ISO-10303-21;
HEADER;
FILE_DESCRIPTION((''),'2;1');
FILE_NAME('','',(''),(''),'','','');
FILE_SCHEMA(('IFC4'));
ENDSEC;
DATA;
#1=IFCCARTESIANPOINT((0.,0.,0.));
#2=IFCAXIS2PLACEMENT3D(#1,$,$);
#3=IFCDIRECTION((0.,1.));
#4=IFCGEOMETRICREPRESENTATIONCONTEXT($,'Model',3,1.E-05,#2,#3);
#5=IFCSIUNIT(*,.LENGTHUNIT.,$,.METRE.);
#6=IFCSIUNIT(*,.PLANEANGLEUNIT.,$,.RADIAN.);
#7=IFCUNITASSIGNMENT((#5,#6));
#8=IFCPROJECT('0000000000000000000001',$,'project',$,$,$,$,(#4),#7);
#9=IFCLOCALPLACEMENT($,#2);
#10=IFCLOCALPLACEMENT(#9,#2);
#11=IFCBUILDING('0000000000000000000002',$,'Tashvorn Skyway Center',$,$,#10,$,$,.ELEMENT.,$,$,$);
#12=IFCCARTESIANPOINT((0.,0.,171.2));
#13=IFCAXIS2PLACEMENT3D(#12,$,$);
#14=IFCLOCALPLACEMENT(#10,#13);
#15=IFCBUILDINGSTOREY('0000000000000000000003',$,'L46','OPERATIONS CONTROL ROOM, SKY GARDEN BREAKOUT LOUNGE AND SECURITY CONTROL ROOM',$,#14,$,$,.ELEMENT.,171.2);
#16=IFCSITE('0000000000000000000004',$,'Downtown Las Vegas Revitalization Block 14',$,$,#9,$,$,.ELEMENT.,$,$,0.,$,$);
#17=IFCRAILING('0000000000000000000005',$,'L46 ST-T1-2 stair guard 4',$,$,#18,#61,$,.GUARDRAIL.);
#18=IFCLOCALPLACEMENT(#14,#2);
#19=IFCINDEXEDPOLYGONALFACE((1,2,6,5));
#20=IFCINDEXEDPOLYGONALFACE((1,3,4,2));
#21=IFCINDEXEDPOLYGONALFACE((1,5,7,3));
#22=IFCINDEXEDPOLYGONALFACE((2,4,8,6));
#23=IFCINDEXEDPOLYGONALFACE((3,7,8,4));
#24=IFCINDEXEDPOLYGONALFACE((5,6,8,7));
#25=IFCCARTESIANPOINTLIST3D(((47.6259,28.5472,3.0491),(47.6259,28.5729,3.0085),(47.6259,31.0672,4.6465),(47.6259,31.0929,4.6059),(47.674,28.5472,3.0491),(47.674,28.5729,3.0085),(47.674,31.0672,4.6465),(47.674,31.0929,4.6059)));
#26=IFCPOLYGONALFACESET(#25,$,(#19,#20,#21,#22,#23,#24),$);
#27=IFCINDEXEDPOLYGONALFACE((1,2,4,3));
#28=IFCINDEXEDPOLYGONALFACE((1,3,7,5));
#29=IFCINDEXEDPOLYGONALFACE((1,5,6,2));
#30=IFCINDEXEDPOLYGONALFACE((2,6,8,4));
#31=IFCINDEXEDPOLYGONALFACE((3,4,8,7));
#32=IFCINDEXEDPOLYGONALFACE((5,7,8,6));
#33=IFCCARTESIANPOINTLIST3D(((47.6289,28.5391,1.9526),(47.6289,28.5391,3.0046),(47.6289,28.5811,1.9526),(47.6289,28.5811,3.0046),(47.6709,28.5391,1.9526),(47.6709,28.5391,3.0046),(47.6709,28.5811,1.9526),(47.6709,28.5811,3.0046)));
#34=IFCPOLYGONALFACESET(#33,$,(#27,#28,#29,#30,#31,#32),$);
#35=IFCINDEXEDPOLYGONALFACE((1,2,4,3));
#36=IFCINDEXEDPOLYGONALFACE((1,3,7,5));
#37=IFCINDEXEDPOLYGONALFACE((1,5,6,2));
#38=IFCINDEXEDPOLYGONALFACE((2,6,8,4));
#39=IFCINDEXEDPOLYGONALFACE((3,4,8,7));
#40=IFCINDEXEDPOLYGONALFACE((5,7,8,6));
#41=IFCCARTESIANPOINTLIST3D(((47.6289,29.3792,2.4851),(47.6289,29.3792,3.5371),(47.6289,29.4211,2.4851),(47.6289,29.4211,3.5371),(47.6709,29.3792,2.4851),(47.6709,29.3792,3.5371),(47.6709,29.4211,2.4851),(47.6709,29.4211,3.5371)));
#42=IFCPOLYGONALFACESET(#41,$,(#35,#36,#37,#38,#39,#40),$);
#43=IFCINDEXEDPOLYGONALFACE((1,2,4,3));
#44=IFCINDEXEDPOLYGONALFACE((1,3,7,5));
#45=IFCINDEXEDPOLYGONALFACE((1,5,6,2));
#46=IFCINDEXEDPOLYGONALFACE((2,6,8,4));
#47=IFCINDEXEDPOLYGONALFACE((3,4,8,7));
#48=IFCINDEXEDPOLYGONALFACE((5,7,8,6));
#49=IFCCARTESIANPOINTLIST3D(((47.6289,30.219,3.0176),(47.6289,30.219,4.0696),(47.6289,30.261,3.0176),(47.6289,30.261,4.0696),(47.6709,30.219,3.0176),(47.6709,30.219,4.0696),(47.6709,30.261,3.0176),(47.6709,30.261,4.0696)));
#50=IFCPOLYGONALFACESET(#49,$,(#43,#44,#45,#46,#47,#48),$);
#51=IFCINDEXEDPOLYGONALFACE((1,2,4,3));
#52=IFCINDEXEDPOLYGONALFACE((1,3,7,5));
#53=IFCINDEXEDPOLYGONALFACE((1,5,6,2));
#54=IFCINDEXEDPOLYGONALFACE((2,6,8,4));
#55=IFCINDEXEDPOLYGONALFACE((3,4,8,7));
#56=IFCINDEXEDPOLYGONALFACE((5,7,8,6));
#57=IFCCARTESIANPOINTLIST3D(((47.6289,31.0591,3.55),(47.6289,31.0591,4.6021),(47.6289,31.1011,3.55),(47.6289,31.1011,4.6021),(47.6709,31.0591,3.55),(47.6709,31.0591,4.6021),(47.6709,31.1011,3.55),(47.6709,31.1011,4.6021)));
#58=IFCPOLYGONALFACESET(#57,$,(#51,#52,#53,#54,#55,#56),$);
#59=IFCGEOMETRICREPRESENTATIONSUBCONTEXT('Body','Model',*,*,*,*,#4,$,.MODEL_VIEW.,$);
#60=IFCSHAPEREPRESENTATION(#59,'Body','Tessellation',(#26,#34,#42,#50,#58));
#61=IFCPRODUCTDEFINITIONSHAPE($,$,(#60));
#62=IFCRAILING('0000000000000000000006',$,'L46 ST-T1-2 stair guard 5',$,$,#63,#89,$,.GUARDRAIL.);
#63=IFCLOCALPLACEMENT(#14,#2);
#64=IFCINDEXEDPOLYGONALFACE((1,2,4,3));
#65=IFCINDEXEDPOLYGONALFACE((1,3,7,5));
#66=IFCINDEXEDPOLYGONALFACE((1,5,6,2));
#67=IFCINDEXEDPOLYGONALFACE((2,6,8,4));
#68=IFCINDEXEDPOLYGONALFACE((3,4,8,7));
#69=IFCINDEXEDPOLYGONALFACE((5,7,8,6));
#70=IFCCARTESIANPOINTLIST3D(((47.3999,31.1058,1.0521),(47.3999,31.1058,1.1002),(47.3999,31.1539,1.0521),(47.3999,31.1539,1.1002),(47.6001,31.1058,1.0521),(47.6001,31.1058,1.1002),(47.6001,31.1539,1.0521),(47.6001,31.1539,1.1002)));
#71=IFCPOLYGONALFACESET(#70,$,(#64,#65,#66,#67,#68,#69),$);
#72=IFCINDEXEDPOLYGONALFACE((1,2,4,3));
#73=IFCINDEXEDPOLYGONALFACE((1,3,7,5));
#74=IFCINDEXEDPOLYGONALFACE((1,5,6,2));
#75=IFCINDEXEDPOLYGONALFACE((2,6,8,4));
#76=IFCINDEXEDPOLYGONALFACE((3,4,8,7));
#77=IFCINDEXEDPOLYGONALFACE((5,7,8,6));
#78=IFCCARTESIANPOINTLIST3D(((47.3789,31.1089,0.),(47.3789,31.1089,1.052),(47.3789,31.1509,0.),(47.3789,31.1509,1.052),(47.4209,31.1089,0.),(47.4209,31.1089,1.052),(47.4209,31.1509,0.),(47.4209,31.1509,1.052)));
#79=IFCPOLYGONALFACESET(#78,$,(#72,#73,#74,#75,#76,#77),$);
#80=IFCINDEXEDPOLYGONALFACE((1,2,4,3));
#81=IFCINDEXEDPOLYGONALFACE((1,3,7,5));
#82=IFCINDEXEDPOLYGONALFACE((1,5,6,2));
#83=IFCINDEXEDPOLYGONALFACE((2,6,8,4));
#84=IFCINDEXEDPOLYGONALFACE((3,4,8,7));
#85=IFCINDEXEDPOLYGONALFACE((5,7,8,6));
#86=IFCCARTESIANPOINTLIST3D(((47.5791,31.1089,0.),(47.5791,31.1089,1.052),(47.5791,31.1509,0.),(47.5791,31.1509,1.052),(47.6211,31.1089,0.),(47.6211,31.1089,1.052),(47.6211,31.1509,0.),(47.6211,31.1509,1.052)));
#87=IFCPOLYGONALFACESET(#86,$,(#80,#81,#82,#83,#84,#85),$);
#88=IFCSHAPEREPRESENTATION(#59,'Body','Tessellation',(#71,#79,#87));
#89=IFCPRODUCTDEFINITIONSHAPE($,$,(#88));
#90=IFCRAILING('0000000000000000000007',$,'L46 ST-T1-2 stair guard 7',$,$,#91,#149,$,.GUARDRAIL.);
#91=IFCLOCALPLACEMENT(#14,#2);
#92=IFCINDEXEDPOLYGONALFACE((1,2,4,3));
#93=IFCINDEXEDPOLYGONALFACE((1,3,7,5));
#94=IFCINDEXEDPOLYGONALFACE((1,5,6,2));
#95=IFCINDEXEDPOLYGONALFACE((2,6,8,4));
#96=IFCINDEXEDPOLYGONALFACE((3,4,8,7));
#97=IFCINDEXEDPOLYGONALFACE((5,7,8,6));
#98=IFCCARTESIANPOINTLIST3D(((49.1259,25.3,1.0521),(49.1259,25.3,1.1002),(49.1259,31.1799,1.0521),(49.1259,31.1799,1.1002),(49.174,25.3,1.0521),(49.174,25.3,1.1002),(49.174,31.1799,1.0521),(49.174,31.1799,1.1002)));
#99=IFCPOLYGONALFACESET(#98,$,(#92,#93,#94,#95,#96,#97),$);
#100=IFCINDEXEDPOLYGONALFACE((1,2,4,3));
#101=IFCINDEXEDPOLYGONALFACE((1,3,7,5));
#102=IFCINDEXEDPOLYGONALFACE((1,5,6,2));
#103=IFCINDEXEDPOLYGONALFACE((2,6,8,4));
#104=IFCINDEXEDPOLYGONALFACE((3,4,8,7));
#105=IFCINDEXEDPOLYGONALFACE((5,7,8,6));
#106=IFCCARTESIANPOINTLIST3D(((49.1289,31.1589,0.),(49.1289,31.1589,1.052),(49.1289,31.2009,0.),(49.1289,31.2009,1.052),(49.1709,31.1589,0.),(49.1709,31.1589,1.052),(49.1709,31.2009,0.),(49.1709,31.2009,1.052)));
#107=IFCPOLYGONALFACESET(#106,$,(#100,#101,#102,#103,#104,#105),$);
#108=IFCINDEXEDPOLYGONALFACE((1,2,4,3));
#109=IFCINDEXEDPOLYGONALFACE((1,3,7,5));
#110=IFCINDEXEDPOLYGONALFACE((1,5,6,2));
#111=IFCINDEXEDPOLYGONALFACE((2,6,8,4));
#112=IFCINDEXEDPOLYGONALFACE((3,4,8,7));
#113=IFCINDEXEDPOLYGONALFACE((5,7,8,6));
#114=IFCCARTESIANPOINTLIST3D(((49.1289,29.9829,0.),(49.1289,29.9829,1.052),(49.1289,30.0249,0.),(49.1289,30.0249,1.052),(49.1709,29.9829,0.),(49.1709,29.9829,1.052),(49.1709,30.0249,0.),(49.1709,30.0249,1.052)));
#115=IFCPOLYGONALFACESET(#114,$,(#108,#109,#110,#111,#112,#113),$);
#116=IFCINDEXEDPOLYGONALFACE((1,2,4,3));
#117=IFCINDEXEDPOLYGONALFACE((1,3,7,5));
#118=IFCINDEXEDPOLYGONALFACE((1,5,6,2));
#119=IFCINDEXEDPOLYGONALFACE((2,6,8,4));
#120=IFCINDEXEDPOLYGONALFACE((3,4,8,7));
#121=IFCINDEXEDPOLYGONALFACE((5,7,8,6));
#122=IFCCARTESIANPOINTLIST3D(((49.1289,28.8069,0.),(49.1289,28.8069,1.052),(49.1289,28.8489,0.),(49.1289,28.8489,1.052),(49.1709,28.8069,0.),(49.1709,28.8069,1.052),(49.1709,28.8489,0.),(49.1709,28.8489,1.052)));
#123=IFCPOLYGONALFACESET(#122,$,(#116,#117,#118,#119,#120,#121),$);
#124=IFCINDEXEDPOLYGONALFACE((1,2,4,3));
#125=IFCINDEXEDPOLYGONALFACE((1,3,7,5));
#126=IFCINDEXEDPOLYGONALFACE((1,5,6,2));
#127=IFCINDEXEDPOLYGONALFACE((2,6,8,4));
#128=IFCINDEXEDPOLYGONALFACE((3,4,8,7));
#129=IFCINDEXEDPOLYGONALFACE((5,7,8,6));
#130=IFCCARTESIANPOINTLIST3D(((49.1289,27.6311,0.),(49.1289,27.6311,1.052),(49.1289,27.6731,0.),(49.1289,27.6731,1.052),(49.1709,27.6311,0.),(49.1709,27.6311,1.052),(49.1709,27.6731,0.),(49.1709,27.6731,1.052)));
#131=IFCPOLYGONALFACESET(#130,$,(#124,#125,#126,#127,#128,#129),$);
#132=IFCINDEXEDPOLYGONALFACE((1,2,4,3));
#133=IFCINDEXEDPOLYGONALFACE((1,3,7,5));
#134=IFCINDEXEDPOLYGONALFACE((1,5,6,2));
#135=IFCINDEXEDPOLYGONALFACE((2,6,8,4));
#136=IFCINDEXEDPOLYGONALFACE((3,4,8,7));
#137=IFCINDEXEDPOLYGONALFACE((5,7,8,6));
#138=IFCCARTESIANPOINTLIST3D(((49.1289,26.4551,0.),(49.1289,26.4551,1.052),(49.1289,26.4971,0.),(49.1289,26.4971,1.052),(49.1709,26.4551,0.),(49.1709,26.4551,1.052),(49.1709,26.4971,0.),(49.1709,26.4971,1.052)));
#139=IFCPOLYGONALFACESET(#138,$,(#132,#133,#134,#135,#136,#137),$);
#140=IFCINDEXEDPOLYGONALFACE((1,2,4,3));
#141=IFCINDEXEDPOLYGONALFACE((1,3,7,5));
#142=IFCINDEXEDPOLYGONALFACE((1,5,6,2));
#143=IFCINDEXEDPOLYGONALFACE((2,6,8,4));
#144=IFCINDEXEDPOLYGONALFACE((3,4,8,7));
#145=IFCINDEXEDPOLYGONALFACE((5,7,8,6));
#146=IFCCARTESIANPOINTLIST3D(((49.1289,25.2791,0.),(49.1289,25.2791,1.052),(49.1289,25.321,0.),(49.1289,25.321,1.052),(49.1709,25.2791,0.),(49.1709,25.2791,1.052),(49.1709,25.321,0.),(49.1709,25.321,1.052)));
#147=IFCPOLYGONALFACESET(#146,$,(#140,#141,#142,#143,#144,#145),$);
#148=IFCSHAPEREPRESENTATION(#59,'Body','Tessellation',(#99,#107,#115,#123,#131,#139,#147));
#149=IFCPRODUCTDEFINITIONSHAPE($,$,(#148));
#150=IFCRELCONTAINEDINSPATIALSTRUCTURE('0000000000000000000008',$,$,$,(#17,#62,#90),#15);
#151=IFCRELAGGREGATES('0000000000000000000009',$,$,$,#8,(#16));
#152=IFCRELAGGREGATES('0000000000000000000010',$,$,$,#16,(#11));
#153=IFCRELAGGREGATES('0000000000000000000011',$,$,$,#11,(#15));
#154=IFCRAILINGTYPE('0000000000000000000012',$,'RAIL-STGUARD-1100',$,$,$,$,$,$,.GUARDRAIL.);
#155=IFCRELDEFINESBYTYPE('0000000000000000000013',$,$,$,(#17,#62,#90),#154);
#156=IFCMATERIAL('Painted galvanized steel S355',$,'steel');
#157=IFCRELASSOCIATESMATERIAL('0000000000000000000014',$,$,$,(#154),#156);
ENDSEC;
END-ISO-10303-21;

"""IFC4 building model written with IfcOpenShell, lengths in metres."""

from ifc_helpers import new_model, si_unit, direction, frame, origin, origin_2d, place, context, subcontext, project, spatial, rectangle, extrude, material, type_object, element, save


model = new_model("IFC4")

# Units and contexts
model_context = context("Model", 3, precision=1e-05, world=origin(), true_north=direction((0.0, 1.0)))
body_context = subcontext(model_context, "Body", "Model", "MODEL_VIEW")
ifc_project = project(units=[si_unit("LENGTHUNIT", "METRE"), si_unit("PLANEANGLEUNIT", "RADIAN")], contexts=[model_context])

# Site, building, storey
site_placement = place(None, origin())
site = spatial("IfcSite", under=ifc_project, at=site_placement, Name="Downtown Las Vegas Revitalization Block 14", CompositionType="ELEMENT", RefElevation=0.0)
building_placement = place(site_placement, origin())
building = spatial("IfcBuilding", under=site, at=building_placement, Name="Tashvorn Skyway Center", CompositionType="ELEMENT")
storey_placement = place(building_placement, frame((0.0, 0.0, 171.2)))
storey = spatial("IfcBuildingStorey", under=building, at=storey_placement, Name="L46", Description="OPERATIONS CONTROL ROOM, SKY GARDEN BREAKOUT LOUNGE AND SECURITY CONTROL ROOM", CompositionType="ELEMENT", Elevation=171.2)

# Railings
ifc_material_1 = material(Name="Painted galvanized steel S355", Category="steel")
railing_type_1 = type_object("IfcRailingType", Name="RAIL-STGUARD-1100", PredefinedType="GUARDRAIL", material=ifc_material_1)
railing_1_placement = place(storey_placement, frame((47.6499, 28.5601, 1.9526)))
element("IfcRailing", 1, at=railing_1_placement, inside=storey, type_object=railing_type_1, Name="L46 ST-T1-2 stair guard 4", PredefinedType="GUARDRAIL", context=body_context, shape_type="SweptSolid", body=[
    extrude(rectangle(XDim=0.0481, YDim=0.0481, at=origin_2d()), frame((0.0, 0.0, 1.0762), z_axis=(0.0, 0.844607, 0.535387), x_axis=(-1.0, 0.0, 0.0)), (0.0, 0.0, 1.0), 2.9836),
    extrude(rectangle(XDim=0.042, YDim=0.042, at=origin_2d()), origin(), (0.0, 0.0, 1.0), 1.052),
    extrude(rectangle(XDim=0.042, YDim=0.042, at=origin_2d()), frame((0.0, 0.8401, 0.5325)), (0.0, 0.0, 1.0), 1.052),
    extrude(rectangle(XDim=0.042, YDim=0.042, at=origin_2d()), frame((0.0, 1.6799, 1.0649)), (0.0, 0.0, 1.0), 1.052),
    extrude(rectangle(XDim=0.042, YDim=0.042, at=origin_2d()), frame((0.0, 2.52, 1.5974)), (0.0, 0.0, 1.0), 1.052),
])
railing_2_placement = place(storey_placement, frame((47.3999, 31.1299, 0.0)))
element("IfcRailing", 2, at=railing_2_placement, inside=storey, type_object=railing_type_1, Name="L46 ST-T1-2 stair guard 5", PredefinedType="GUARDRAIL", context=body_context, shape_type="SweptSolid", body=[
    extrude(rectangle(XDim=0.0481, YDim=0.0481, at=origin_2d()), frame((0.0, 0.0, 1.0762), z_axis=(1.0, 0.0, 0.0), x_axis=(0.0, 1.0, 0.0)), (0.0, 0.0, 1.0), 0.2002),
    extrude(rectangle(XDim=0.042, YDim=0.042, at=origin_2d()), origin(), (0.0, 0.0, 1.0), 1.052),
    extrude(rectangle(XDim=0.042, YDim=0.042, at=origin_2d()), frame((0.2002, 0.0, 0.0)), (0.0, 0.0, 1.0), 1.052),
])
railing_3_placement = place(storey_placement, frame((49.1499, 31.1799, 0.0)))
element("IfcRailing", 3, at=railing_3_placement, inside=storey, type_object=railing_type_1, Name="L46 ST-T1-2 stair guard 7", PredefinedType="GUARDRAIL", context=body_context, shape_type="SweptSolid", body=[
    extrude(rectangle(XDim=0.0481, YDim=0.0481, at=origin_2d()), frame((0.0, 0.0, 1.0762), z_axis=(0.0, -1.0, 0.0), x_axis=(1.0, 0.0, 0.0)), (0.0, 0.0, 1.0), 5.8799),
    extrude(rectangle(XDim=0.042, YDim=0.042, at=origin_2d()), origin(), (0.0, 0.0, 1.0), 1.052),
    extrude(rectangle(XDim=0.042, YDim=0.042, at=origin_2d()), frame((0.0, -1.176, 0.0)), (0.0, 0.0, 1.0), 1.052),
    extrude(rectangle(XDim=0.042, YDim=0.042, at=origin_2d()), frame((0.0, -2.3521, 0.0)), (0.0, 0.0, 1.0), 1.052),
    extrude(rectangle(XDim=0.042, YDim=0.042, at=origin_2d()), frame((0.0, -3.5278, 0.0)), (0.0, 0.0, 1.0), 1.052),
    extrude(rectangle(XDim=0.042, YDim=0.042, at=origin_2d()), frame((0.0, -4.7039, 0.0)), (0.0, 0.0, 1.0), 1.052),
    extrude(rectangle(XDim=0.042, YDim=0.042, at=origin_2d()), frame((0.0, -5.8799, 0.0)), (0.0, 0.0, 1.0), 1.052),
])

save(model, "model.ifc")
